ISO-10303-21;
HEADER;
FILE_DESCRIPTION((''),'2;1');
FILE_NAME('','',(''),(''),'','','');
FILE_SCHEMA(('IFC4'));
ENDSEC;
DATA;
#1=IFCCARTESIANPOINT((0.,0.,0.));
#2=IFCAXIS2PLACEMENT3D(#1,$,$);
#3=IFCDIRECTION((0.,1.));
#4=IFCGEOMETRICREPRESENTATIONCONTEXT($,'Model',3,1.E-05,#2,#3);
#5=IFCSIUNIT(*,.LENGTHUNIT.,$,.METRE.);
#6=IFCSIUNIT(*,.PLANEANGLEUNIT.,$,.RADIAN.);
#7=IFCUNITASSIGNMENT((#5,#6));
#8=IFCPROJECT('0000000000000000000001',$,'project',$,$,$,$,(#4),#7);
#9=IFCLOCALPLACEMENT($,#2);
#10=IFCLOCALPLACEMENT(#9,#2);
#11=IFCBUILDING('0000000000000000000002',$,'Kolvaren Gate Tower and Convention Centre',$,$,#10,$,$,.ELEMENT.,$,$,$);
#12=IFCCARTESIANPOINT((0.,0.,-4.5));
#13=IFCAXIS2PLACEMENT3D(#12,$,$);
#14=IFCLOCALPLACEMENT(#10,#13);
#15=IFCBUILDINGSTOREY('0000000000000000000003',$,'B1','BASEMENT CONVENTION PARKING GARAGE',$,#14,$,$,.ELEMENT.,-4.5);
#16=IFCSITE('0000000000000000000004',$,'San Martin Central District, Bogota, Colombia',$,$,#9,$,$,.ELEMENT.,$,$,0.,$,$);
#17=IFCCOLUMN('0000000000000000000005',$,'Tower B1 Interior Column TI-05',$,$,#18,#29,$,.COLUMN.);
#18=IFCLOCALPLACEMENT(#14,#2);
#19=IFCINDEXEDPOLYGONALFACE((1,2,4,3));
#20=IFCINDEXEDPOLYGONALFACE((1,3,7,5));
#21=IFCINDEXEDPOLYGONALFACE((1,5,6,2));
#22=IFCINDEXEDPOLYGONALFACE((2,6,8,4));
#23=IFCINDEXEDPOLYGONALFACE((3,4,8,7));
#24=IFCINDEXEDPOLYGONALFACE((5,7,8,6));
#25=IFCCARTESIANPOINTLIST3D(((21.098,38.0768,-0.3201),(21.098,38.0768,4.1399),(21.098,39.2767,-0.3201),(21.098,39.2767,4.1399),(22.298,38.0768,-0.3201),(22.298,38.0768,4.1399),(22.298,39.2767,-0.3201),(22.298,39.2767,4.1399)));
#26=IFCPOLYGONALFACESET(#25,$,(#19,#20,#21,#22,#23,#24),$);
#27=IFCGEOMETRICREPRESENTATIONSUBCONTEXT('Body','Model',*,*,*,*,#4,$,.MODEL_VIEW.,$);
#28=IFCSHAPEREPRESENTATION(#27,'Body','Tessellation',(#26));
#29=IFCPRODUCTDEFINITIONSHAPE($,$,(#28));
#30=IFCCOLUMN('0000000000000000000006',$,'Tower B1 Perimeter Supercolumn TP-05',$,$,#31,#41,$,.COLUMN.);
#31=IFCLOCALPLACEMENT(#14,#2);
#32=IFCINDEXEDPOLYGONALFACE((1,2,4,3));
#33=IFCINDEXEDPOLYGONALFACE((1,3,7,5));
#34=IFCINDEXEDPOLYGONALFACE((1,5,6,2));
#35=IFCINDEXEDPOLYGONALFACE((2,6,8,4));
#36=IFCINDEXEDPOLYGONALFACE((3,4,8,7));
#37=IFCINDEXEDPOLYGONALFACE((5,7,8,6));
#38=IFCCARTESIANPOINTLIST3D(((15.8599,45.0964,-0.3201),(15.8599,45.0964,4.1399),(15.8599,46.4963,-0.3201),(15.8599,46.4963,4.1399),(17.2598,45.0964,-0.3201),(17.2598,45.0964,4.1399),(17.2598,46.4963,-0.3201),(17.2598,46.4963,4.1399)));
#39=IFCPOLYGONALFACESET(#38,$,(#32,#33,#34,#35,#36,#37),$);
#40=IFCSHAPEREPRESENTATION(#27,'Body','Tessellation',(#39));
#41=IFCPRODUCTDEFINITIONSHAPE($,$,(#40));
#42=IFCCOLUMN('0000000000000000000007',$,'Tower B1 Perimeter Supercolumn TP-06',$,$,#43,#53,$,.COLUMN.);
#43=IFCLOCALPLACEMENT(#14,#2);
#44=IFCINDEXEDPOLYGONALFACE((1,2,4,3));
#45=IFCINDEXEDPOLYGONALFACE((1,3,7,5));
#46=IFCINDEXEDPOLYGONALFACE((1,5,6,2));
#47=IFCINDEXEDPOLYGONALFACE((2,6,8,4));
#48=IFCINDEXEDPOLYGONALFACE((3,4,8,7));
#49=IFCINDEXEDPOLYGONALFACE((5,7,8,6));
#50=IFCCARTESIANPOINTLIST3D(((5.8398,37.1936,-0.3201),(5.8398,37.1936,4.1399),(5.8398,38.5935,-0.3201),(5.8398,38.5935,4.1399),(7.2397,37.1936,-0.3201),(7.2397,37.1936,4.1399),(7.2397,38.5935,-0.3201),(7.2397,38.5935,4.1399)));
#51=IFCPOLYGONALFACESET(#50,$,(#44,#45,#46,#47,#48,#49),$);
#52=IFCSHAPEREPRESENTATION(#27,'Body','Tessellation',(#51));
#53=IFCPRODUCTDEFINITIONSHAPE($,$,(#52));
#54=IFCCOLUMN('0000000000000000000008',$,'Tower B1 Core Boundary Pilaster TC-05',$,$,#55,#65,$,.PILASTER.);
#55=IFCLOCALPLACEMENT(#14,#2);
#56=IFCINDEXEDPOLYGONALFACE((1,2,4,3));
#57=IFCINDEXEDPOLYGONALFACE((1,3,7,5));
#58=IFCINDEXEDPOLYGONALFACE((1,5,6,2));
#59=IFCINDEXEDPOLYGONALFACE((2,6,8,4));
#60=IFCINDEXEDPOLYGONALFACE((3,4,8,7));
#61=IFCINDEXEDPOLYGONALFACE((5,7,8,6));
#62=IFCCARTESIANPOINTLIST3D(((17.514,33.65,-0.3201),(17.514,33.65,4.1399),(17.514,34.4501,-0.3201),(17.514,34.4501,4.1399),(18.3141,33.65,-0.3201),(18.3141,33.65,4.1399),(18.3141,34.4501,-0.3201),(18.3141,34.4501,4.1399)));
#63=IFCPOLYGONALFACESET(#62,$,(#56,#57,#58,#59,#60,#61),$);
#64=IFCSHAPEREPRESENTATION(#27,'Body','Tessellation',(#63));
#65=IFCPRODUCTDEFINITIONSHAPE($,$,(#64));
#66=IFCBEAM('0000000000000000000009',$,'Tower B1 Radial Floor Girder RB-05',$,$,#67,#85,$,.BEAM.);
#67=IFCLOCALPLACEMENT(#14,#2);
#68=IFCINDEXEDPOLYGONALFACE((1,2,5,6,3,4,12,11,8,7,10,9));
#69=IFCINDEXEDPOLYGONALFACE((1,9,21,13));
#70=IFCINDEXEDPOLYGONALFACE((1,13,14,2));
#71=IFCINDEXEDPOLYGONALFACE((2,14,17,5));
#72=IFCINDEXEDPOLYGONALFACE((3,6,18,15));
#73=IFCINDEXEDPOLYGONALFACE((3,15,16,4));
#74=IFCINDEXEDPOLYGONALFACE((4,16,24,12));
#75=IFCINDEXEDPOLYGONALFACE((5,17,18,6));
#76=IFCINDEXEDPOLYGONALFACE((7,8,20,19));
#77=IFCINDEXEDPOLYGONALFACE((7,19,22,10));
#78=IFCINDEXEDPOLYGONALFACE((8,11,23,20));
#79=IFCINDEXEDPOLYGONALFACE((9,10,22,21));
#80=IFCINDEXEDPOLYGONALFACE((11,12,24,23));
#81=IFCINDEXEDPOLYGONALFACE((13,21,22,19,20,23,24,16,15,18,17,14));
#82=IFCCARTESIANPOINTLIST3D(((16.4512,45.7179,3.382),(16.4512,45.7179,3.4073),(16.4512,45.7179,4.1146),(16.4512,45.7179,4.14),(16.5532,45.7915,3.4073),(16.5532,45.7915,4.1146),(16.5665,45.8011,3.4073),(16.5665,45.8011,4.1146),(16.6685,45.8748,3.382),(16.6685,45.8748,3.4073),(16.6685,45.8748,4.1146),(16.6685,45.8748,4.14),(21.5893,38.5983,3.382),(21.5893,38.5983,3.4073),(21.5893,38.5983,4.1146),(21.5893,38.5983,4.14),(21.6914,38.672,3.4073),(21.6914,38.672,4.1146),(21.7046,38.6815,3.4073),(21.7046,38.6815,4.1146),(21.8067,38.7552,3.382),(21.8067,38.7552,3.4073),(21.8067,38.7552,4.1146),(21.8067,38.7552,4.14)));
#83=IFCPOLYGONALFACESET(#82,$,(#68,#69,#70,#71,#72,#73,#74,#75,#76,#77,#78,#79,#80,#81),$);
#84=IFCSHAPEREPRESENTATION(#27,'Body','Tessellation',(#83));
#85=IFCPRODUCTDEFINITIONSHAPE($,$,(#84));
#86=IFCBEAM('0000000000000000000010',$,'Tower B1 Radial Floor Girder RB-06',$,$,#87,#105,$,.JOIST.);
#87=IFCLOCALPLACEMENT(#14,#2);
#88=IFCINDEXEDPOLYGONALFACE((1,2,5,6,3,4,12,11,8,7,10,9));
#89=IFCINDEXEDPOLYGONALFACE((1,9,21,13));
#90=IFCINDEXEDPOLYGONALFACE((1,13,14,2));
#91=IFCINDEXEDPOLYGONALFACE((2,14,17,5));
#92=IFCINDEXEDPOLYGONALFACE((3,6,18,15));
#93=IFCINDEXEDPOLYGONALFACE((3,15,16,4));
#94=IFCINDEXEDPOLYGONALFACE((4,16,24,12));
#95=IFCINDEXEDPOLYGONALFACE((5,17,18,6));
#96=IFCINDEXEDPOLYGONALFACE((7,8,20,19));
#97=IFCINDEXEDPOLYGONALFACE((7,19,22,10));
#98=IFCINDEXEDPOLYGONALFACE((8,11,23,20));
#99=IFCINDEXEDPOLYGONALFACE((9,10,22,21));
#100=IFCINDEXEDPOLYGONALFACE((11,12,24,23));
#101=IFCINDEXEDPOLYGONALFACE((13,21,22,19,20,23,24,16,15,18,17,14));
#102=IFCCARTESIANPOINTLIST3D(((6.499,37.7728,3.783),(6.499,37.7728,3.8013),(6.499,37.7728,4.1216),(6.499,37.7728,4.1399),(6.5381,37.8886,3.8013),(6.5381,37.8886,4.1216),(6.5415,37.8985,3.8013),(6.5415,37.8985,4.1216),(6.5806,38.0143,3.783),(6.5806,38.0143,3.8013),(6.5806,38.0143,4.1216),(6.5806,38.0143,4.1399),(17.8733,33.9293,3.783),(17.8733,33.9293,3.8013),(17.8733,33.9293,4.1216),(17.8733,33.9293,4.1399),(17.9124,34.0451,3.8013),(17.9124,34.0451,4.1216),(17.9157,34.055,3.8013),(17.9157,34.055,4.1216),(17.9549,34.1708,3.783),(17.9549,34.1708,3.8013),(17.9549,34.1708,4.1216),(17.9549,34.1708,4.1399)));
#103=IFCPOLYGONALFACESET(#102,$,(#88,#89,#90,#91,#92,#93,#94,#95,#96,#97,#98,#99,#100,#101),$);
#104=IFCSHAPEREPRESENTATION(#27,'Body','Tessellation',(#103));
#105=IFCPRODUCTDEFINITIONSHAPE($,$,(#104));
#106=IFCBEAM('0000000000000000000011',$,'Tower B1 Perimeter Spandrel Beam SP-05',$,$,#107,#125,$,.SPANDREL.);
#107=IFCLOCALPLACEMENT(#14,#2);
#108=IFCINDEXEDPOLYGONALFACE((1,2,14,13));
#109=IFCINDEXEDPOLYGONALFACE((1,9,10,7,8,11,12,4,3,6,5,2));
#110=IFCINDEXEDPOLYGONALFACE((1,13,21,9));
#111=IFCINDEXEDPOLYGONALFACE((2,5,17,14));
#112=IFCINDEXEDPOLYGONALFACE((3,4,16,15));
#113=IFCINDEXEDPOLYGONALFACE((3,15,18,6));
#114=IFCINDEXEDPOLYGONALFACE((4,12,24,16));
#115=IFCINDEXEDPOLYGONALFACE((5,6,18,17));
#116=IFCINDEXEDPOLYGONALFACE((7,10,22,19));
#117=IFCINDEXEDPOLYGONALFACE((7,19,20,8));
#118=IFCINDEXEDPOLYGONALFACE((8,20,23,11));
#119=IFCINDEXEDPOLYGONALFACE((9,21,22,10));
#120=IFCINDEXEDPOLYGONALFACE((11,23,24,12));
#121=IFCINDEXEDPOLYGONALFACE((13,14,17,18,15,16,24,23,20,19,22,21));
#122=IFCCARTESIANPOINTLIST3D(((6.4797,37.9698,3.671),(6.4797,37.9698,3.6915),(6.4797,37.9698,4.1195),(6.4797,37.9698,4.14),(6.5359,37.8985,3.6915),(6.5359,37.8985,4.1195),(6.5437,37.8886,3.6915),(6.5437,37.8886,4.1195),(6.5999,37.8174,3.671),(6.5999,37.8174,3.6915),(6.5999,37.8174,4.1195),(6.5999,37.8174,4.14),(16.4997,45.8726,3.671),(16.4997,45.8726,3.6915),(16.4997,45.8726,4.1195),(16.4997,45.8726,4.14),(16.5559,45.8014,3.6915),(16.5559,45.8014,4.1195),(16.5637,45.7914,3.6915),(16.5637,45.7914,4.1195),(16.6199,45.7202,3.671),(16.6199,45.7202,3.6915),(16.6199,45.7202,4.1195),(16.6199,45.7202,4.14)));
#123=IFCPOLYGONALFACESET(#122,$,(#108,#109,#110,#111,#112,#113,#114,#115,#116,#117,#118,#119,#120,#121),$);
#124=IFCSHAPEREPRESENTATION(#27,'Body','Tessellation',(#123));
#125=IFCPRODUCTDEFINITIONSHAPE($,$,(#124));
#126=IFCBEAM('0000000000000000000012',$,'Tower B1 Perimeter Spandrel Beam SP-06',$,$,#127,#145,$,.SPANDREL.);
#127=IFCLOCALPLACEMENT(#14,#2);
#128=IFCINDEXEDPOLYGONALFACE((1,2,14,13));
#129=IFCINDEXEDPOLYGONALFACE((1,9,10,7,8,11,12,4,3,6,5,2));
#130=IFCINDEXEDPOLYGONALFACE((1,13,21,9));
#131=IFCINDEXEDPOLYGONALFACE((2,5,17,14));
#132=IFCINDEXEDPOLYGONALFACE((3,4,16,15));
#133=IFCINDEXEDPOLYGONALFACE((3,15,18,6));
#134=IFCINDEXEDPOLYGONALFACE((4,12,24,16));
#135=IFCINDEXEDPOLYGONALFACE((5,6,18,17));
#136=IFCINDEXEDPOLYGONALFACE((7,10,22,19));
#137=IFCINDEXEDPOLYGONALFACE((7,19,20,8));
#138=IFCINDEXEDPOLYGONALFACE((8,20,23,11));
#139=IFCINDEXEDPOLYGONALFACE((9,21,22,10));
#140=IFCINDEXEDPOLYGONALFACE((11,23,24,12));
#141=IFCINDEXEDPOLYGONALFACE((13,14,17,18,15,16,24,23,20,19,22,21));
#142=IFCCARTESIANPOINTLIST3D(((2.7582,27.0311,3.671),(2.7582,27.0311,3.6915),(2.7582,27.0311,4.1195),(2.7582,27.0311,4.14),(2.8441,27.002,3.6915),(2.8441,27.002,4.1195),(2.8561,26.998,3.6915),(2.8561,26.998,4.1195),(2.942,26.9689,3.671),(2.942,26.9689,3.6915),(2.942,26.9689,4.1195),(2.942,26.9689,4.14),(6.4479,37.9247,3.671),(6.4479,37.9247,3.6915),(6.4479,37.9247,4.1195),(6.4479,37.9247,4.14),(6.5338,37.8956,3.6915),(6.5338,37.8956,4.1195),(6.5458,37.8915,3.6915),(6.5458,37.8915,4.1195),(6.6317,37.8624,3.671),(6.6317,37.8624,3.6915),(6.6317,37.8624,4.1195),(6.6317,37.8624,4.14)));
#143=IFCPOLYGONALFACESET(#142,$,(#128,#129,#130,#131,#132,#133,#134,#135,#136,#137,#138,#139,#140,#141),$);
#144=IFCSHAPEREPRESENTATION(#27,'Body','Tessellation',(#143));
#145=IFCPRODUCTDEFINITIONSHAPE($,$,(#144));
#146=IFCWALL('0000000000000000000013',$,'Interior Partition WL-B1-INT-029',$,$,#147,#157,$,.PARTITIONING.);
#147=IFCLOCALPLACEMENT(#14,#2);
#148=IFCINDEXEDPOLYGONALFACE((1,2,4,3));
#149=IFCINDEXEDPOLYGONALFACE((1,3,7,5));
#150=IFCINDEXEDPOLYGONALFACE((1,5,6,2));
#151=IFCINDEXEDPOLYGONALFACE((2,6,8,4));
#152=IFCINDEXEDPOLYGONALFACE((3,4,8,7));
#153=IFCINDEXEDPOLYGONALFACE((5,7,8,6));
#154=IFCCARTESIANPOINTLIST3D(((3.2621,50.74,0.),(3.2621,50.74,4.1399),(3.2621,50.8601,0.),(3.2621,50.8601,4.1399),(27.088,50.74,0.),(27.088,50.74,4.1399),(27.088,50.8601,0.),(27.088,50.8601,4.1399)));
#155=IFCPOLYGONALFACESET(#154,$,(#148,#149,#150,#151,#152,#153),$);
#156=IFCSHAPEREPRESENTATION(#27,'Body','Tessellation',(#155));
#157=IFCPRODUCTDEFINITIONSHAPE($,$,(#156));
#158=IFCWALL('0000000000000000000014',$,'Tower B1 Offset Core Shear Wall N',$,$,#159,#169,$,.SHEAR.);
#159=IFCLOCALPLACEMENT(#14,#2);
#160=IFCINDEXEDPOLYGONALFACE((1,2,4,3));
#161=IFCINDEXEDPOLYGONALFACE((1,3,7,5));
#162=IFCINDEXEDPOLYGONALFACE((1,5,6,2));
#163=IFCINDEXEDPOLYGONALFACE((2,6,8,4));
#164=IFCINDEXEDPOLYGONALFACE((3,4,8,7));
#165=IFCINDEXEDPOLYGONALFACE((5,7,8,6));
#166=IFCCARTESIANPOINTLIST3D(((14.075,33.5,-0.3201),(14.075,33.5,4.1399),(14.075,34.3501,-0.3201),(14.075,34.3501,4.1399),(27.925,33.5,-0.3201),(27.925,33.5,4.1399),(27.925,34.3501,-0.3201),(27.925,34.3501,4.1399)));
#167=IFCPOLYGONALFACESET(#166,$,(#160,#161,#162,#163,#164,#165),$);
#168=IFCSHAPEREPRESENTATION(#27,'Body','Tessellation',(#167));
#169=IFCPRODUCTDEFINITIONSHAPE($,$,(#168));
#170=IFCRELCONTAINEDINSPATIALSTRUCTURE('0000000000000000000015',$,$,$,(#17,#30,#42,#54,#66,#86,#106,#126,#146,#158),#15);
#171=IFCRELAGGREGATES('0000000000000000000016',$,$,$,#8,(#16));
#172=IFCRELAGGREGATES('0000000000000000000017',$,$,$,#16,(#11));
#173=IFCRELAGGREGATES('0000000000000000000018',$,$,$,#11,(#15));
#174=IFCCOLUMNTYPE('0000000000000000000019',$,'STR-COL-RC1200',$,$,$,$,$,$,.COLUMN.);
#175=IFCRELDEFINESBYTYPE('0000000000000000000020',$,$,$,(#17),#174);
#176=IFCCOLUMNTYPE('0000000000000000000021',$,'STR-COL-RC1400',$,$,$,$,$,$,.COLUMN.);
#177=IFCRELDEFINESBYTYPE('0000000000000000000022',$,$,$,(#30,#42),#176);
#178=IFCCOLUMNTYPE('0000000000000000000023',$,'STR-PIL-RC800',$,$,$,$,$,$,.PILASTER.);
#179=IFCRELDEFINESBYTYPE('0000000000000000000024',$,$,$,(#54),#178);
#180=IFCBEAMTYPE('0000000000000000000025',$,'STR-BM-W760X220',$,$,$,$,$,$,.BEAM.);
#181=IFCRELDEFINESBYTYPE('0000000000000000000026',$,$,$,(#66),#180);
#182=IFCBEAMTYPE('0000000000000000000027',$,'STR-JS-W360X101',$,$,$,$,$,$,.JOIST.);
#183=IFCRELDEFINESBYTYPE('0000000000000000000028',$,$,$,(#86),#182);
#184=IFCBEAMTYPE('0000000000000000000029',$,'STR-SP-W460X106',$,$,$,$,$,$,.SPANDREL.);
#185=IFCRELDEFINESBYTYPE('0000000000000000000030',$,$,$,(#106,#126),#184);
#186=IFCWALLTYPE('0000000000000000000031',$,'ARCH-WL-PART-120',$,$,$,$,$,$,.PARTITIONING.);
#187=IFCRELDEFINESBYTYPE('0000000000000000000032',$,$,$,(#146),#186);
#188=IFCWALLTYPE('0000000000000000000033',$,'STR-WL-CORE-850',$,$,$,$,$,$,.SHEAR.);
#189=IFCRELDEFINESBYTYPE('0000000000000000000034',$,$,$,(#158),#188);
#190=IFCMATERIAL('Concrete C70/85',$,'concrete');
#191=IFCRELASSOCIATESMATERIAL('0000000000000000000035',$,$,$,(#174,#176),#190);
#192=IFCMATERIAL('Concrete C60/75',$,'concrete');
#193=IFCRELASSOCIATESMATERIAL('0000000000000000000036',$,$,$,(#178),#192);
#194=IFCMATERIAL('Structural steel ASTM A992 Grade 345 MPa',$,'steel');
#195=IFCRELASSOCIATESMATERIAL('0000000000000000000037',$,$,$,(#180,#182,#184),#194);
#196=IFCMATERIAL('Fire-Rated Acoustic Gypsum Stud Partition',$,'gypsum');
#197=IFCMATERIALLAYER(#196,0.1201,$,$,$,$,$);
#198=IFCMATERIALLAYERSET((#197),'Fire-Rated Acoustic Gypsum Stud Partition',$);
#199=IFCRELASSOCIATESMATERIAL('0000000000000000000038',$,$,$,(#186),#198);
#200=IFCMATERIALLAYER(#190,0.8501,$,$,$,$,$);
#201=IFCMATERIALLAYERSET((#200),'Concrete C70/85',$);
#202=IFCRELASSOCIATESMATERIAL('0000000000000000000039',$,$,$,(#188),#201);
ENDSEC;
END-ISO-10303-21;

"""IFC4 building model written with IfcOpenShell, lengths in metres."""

from ifc_helpers import new_model, si_unit, direction, frame, frame_2d, origin, origin_2d, place, context, subcontext, project, spatial, rectangle, i_section, extrude, material, layer, layer_set, material_profile, profile_set, type_object, element, save


model = new_model("IFC4")

# Units and contexts
model_context = context("Model", 3, precision=1e-05, world=origin(), true_north=direction((0.0, 1.0)))
body_context = subcontext(model_context, "Body", "Model", "MODEL_VIEW")
ifc_project = project(units=[si_unit("LENGTHUNIT", "METRE"), si_unit("PLANEANGLEUNIT", "RADIAN")], contexts=[model_context])

# Site, building, storey
site_placement = place(None, origin())
site = spatial("IfcSite", under=ifc_project, at=site_placement, Name="San Martin Central District, Bogota, Colombia", CompositionType="ELEMENT", RefElevation=0.0)
building_placement = place(site_placement, origin())
building = spatial("IfcBuilding", under=site, at=building_placement, Name="Kolvaren Gate Tower and Convention Centre", CompositionType="ELEMENT")
storey_placement = place(building_placement, frame((0.0, 0.0, -4.5)))
storey = spatial("IfcBuildingStorey", under=building, at=storey_placement, Name="B1", Description="BASEMENT CONVENTION PARKING GARAGE", CompositionType="ELEMENT", Elevation=-4.5)

# Columns
ifc_material_1 = material(Name="Concrete C70/85", Category="concrete")
ifc_material_profile_1 = material_profile(ifc_material_1, rectangle(XDim=1.2, YDim=1.2, at=origin_2d()), Name="RC-COL-1200X1200")
ifc_profile_set_1 = profile_set([ifc_material_profile_1], Name="Concrete C70/85")
column_type_1 = type_object("IfcColumnType", Name="STR-COL-RC1200", PredefinedType="COLUMN", material=ifc_profile_set_1)
column_1_placement = place(storey_placement, frame((21.698, 38.6768, -0.3201), z_axis=(0.0, 0.0, 1.0), x_axis=(1.0, 0.0, 0.0)))
element("IfcColumn", 1, at=column_1_placement, inside=storey, type_object=column_type_1, Name="Tower B1 Interior Column TI-05", PredefinedType="COLUMN", context=body_context, shape_type="SweptSolid", body=[
    extrude(rectangle(XDim=1.2, YDim=1.2, at=origin_2d()), origin(), (0.0, 0.0, 1.0), 4.46),
])
ifc_material_profile_2 = material_profile(ifc_material_1, rectangle(XDim=1.3999, YDim=1.3999, at=origin_2d()), Name="RC-COL-1400X1400")
ifc_profile_set_2 = profile_set([ifc_material_profile_2], Name="Concrete C70/85")
column_type_2 = type_object("IfcColumnType", Name="STR-COL-RC1400", PredefinedType="COLUMN", material=ifc_profile_set_2)
for number, where, z_axis, x_axis, name in (
    (2, (16.5598, 45.7964, -0.3201), (0.0, 0.0, 1.0), (1.0, 0.0, 0.0), "Tower B1 Perimeter Supercolumn TP-05"),
    (3, (6.5398, 37.8936, -0.3201), (0.0, 0.0, 1.0), (1.0, 0.0, 0.0), "Tower B1 Perimeter Supercolumn TP-06"),
):
    element("IfcColumn", number, at=place(storey_placement, frame(where, z_axis=z_axis, x_axis=x_axis)), inside=storey, type_object=column_type_2, Name=name, PredefinedType="COLUMN", context=body_context, shape_type="SweptSolid", body=[
        extrude(rectangle(XDim=1.3999, YDim=1.3999, at=origin_2d()), origin(), (0.0, 0.0, 1.0), 4.46),
    ])
ifc_material_2 = material(Name="Concrete C60/75", Category="concrete")
ifc_material_profile_3 = material_profile(ifc_material_2, rectangle(XDim=0.8, YDim=0.8, at=origin_2d()), Name="RC-COL-800X800")
ifc_profile_set_3 = profile_set([ifc_material_profile_3], Name="Concrete C60/75")
column_type_3 = type_object("IfcColumnType", Name="STR-PIL-RC800", PredefinedType="PILASTER", material=ifc_profile_set_3)
column_2_placement = place(storey_placement, frame((17.9141, 34.05, -0.3201), z_axis=(0.0, 0.0, 1.0), x_axis=(1.0, 0.0, 0.0)))
element("IfcColumn", 4, at=column_2_placement, inside=storey, type_object=column_type_3, Name="Tower B1 Core Boundary Pilaster TC-05", PredefinedType="PILASTER", context=body_context, shape_type="SweptSolid", body=[
    extrude(rectangle(XDim=0.8, YDim=0.8, at=origin_2d()), origin(), (0.0, 0.0, 1.0), 4.46),
])

# Beams
ifc_material_3 = material(Name="Structural steel ASTM A992 Grade 345 MPa", Category="steel")
ifc_material_profile_4 = material_profile(ifc_material_3, i_section(OverallWidth=0.2681, OverallDepth=0.7581, WebThickness=0.0164, FlangeThickness=0.0254, at=origin_2d()), Name="W760X220")
ifc_profile_set_4 = profile_set([ifc_material_profile_4], Name="Structural steel ASTM A992 Grade 345 MPa")
beam_type_1 = type_object("IfcBeamType", Name="STR-BM-W760X220", PredefinedType="BEAM", material=ifc_profile_set_4)
beam_1_placement = place(storey_placement, frame((21.698, 38.6768, 3.761), z_axis=(-0.585208, 0.810883, 0.0), x_axis=(-0.810883, -0.585208, 0.0)))
element("IfcBeam", 5, at=beam_1_placement, inside=storey, type_object=beam_type_1, Name="Tower B1 Radial Floor Girder RB-05", PredefinedType="BEAM", context=body_context, shape_type="SweptSolid", body=[
    extrude(i_section(OverallWidth=0.2681, OverallDepth=0.7581, WebThickness=0.0164, FlangeThickness=0.0254, at=origin_2d()), origin(), (0.0, 0.0, 1.0), 8.78),
])
ifc_material_profile_5 = material_profile(ifc_material_3, i_section(OverallWidth=0.2549, OverallDepth=0.3569, WebThickness=0.0105, FlangeThickness=0.0183, at=origin_2d()), Name="W360X101")
ifc_profile_set_5 = profile_set([ifc_material_profile_5], Name="Structural steel ASTM A992 Grade 345 MPa")
beam_type_2 = type_object("IfcBeamType", Name="STR-JS-W360X101", PredefinedType="JOIST", material=ifc_profile_set_5)
beam_2_placement = place(storey_placement, frame((17.9141, 34.05, 3.9614), z_axis=(-0.947374, 0.320129, 0.0), x_axis=(-0.320129, -0.947374, 0.0)))
element("IfcBeam", 6, at=beam_2_placement, inside=storey, type_object=beam_type_2, Name="Tower B1 Radial Floor Girder RB-06", PredefinedType="JOIST", context=body_context, shape_type="SweptSolid", body=[
    extrude(i_section(OverallWidth=0.2549, OverallDepth=0.3569, WebThickness=0.0105, FlangeThickness=0.0183, at=origin_2d()), origin(), (0.0, 0.0, 1.0), 12.0061),
])
ifc_material_profile_6 = material_profile(ifc_material_3, i_section(OverallWidth=0.1941, OverallDepth=0.469, WebThickness=0.0127, FlangeThickness=0.0205, at=origin_2d()), Name="W460X106")
ifc_profile_set_6 = profile_set([ifc_material_profile_6], Name="Structural steel ASTM A992 Grade 345 MPa")
beam_type_3 = type_object("IfcBeamType", Name="STR-SP-W460X106", PredefinedType="SPANDREL", material=ifc_profile_set_6)
beam_3_placement = place(storey_placement, frame((16.5598, 45.7964, 3.9055), z_axis=(-0.785176, -0.619272, 0.0), x_axis=(0.619272, -0.785176, 0.0)))
element("IfcBeam", 7, at=beam_3_placement, inside=storey, type_object=beam_type_3, Name="Tower B1 Perimeter Spandrel Beam SP-05", PredefinedType="SPANDREL", context=body_context, shape_type="SweptSolid", body=[
    extrude(i_section(OverallWidth=0.1941, OverallDepth=0.469, WebThickness=0.0127, FlangeThickness=0.0205, at=origin_2d()), origin(), (0.0, 0.0, 1.0), 12.7615),
])
beam_4_placement = place(storey_placement, frame((6.5398, 37.8936, 3.9055), z_axis=(-0.320803, -0.947146, 0.0), x_axis=(0.947146, -0.320803, 0.0)))
element("IfcBeam", 8, at=beam_4_placement, inside=storey, type_object=beam_type_3, Name="Tower B1 Perimeter Spandrel Beam SP-06", PredefinedType="SPANDREL", context=body_context, shape_type="SweptSolid", body=[
    extrude(i_section(OverallWidth=0.1941, OverallDepth=0.469, WebThickness=0.0127, FlangeThickness=0.0205, at=origin_2d()), origin(), (0.0, 0.0, 1.0), 11.5015),
])

# Walls
ifc_material_4 = material(Name="Fire-Rated Acoustic Gypsum Stud Partition", Category="gypsum")
ifc_layer_1 = layer(ifc_material_4, 0.1201)
ifc_layer_set_1 = layer_set([ifc_layer_1], Name="Fire-Rated Acoustic Gypsum Stud Partition")
wall_type_1 = type_object("IfcWallType", Name="ARCH-WL-PART-120", PredefinedType="PARTITIONING", material=ifc_layer_set_1)
wall_1_placement = place(storey_placement, frame((3.262, 50.8, 0.0), z_axis=(0.0, 0.0, 1.0), x_axis=(1.0, 0.0, 0.0)))
element("IfcWall", 9, at=wall_1_placement, inside=storey, type_object=wall_type_1, Name="Interior Partition WL-B1-INT-029", PredefinedType="PARTITIONING", context=body_context, shape_type="SweptSolid", body=[
    extrude(rectangle(XDim=23.8259, YDim=0.1201, at=frame_2d((11.9131, 0.0))), origin(), (0.0, 0.0, 1.0), 4.1399),
])
ifc_layer_2 = layer(ifc_material_1, 0.8501)
ifc_layer_set_2 = layer_set([ifc_layer_2], Name="Concrete C70/85")
wall_type_2 = type_object("IfcWallType", Name="STR-WL-CORE-850", PredefinedType="SHEAR", material=ifc_layer_set_2)
wall_2_placement = place(storey_placement, frame((14.075, 33.925, -0.3201), z_axis=(0.0, 0.0, 1.0), x_axis=(1.0, 0.0, 0.0)))
element("IfcWall", 10, at=wall_2_placement, inside=storey, type_object=wall_type_2, Name="Tower B1 Offset Core Shear Wall N", PredefinedType="SHEAR", context=body_context, shape_type="SweptSolid", body=[
    extrude(rectangle(XDim=13.8501, YDim=0.8501, at=frame_2d((6.925, 0.0))), origin(), (0.0, 0.0, 1.0), 4.46),
])

save(model, "model.ifc")
